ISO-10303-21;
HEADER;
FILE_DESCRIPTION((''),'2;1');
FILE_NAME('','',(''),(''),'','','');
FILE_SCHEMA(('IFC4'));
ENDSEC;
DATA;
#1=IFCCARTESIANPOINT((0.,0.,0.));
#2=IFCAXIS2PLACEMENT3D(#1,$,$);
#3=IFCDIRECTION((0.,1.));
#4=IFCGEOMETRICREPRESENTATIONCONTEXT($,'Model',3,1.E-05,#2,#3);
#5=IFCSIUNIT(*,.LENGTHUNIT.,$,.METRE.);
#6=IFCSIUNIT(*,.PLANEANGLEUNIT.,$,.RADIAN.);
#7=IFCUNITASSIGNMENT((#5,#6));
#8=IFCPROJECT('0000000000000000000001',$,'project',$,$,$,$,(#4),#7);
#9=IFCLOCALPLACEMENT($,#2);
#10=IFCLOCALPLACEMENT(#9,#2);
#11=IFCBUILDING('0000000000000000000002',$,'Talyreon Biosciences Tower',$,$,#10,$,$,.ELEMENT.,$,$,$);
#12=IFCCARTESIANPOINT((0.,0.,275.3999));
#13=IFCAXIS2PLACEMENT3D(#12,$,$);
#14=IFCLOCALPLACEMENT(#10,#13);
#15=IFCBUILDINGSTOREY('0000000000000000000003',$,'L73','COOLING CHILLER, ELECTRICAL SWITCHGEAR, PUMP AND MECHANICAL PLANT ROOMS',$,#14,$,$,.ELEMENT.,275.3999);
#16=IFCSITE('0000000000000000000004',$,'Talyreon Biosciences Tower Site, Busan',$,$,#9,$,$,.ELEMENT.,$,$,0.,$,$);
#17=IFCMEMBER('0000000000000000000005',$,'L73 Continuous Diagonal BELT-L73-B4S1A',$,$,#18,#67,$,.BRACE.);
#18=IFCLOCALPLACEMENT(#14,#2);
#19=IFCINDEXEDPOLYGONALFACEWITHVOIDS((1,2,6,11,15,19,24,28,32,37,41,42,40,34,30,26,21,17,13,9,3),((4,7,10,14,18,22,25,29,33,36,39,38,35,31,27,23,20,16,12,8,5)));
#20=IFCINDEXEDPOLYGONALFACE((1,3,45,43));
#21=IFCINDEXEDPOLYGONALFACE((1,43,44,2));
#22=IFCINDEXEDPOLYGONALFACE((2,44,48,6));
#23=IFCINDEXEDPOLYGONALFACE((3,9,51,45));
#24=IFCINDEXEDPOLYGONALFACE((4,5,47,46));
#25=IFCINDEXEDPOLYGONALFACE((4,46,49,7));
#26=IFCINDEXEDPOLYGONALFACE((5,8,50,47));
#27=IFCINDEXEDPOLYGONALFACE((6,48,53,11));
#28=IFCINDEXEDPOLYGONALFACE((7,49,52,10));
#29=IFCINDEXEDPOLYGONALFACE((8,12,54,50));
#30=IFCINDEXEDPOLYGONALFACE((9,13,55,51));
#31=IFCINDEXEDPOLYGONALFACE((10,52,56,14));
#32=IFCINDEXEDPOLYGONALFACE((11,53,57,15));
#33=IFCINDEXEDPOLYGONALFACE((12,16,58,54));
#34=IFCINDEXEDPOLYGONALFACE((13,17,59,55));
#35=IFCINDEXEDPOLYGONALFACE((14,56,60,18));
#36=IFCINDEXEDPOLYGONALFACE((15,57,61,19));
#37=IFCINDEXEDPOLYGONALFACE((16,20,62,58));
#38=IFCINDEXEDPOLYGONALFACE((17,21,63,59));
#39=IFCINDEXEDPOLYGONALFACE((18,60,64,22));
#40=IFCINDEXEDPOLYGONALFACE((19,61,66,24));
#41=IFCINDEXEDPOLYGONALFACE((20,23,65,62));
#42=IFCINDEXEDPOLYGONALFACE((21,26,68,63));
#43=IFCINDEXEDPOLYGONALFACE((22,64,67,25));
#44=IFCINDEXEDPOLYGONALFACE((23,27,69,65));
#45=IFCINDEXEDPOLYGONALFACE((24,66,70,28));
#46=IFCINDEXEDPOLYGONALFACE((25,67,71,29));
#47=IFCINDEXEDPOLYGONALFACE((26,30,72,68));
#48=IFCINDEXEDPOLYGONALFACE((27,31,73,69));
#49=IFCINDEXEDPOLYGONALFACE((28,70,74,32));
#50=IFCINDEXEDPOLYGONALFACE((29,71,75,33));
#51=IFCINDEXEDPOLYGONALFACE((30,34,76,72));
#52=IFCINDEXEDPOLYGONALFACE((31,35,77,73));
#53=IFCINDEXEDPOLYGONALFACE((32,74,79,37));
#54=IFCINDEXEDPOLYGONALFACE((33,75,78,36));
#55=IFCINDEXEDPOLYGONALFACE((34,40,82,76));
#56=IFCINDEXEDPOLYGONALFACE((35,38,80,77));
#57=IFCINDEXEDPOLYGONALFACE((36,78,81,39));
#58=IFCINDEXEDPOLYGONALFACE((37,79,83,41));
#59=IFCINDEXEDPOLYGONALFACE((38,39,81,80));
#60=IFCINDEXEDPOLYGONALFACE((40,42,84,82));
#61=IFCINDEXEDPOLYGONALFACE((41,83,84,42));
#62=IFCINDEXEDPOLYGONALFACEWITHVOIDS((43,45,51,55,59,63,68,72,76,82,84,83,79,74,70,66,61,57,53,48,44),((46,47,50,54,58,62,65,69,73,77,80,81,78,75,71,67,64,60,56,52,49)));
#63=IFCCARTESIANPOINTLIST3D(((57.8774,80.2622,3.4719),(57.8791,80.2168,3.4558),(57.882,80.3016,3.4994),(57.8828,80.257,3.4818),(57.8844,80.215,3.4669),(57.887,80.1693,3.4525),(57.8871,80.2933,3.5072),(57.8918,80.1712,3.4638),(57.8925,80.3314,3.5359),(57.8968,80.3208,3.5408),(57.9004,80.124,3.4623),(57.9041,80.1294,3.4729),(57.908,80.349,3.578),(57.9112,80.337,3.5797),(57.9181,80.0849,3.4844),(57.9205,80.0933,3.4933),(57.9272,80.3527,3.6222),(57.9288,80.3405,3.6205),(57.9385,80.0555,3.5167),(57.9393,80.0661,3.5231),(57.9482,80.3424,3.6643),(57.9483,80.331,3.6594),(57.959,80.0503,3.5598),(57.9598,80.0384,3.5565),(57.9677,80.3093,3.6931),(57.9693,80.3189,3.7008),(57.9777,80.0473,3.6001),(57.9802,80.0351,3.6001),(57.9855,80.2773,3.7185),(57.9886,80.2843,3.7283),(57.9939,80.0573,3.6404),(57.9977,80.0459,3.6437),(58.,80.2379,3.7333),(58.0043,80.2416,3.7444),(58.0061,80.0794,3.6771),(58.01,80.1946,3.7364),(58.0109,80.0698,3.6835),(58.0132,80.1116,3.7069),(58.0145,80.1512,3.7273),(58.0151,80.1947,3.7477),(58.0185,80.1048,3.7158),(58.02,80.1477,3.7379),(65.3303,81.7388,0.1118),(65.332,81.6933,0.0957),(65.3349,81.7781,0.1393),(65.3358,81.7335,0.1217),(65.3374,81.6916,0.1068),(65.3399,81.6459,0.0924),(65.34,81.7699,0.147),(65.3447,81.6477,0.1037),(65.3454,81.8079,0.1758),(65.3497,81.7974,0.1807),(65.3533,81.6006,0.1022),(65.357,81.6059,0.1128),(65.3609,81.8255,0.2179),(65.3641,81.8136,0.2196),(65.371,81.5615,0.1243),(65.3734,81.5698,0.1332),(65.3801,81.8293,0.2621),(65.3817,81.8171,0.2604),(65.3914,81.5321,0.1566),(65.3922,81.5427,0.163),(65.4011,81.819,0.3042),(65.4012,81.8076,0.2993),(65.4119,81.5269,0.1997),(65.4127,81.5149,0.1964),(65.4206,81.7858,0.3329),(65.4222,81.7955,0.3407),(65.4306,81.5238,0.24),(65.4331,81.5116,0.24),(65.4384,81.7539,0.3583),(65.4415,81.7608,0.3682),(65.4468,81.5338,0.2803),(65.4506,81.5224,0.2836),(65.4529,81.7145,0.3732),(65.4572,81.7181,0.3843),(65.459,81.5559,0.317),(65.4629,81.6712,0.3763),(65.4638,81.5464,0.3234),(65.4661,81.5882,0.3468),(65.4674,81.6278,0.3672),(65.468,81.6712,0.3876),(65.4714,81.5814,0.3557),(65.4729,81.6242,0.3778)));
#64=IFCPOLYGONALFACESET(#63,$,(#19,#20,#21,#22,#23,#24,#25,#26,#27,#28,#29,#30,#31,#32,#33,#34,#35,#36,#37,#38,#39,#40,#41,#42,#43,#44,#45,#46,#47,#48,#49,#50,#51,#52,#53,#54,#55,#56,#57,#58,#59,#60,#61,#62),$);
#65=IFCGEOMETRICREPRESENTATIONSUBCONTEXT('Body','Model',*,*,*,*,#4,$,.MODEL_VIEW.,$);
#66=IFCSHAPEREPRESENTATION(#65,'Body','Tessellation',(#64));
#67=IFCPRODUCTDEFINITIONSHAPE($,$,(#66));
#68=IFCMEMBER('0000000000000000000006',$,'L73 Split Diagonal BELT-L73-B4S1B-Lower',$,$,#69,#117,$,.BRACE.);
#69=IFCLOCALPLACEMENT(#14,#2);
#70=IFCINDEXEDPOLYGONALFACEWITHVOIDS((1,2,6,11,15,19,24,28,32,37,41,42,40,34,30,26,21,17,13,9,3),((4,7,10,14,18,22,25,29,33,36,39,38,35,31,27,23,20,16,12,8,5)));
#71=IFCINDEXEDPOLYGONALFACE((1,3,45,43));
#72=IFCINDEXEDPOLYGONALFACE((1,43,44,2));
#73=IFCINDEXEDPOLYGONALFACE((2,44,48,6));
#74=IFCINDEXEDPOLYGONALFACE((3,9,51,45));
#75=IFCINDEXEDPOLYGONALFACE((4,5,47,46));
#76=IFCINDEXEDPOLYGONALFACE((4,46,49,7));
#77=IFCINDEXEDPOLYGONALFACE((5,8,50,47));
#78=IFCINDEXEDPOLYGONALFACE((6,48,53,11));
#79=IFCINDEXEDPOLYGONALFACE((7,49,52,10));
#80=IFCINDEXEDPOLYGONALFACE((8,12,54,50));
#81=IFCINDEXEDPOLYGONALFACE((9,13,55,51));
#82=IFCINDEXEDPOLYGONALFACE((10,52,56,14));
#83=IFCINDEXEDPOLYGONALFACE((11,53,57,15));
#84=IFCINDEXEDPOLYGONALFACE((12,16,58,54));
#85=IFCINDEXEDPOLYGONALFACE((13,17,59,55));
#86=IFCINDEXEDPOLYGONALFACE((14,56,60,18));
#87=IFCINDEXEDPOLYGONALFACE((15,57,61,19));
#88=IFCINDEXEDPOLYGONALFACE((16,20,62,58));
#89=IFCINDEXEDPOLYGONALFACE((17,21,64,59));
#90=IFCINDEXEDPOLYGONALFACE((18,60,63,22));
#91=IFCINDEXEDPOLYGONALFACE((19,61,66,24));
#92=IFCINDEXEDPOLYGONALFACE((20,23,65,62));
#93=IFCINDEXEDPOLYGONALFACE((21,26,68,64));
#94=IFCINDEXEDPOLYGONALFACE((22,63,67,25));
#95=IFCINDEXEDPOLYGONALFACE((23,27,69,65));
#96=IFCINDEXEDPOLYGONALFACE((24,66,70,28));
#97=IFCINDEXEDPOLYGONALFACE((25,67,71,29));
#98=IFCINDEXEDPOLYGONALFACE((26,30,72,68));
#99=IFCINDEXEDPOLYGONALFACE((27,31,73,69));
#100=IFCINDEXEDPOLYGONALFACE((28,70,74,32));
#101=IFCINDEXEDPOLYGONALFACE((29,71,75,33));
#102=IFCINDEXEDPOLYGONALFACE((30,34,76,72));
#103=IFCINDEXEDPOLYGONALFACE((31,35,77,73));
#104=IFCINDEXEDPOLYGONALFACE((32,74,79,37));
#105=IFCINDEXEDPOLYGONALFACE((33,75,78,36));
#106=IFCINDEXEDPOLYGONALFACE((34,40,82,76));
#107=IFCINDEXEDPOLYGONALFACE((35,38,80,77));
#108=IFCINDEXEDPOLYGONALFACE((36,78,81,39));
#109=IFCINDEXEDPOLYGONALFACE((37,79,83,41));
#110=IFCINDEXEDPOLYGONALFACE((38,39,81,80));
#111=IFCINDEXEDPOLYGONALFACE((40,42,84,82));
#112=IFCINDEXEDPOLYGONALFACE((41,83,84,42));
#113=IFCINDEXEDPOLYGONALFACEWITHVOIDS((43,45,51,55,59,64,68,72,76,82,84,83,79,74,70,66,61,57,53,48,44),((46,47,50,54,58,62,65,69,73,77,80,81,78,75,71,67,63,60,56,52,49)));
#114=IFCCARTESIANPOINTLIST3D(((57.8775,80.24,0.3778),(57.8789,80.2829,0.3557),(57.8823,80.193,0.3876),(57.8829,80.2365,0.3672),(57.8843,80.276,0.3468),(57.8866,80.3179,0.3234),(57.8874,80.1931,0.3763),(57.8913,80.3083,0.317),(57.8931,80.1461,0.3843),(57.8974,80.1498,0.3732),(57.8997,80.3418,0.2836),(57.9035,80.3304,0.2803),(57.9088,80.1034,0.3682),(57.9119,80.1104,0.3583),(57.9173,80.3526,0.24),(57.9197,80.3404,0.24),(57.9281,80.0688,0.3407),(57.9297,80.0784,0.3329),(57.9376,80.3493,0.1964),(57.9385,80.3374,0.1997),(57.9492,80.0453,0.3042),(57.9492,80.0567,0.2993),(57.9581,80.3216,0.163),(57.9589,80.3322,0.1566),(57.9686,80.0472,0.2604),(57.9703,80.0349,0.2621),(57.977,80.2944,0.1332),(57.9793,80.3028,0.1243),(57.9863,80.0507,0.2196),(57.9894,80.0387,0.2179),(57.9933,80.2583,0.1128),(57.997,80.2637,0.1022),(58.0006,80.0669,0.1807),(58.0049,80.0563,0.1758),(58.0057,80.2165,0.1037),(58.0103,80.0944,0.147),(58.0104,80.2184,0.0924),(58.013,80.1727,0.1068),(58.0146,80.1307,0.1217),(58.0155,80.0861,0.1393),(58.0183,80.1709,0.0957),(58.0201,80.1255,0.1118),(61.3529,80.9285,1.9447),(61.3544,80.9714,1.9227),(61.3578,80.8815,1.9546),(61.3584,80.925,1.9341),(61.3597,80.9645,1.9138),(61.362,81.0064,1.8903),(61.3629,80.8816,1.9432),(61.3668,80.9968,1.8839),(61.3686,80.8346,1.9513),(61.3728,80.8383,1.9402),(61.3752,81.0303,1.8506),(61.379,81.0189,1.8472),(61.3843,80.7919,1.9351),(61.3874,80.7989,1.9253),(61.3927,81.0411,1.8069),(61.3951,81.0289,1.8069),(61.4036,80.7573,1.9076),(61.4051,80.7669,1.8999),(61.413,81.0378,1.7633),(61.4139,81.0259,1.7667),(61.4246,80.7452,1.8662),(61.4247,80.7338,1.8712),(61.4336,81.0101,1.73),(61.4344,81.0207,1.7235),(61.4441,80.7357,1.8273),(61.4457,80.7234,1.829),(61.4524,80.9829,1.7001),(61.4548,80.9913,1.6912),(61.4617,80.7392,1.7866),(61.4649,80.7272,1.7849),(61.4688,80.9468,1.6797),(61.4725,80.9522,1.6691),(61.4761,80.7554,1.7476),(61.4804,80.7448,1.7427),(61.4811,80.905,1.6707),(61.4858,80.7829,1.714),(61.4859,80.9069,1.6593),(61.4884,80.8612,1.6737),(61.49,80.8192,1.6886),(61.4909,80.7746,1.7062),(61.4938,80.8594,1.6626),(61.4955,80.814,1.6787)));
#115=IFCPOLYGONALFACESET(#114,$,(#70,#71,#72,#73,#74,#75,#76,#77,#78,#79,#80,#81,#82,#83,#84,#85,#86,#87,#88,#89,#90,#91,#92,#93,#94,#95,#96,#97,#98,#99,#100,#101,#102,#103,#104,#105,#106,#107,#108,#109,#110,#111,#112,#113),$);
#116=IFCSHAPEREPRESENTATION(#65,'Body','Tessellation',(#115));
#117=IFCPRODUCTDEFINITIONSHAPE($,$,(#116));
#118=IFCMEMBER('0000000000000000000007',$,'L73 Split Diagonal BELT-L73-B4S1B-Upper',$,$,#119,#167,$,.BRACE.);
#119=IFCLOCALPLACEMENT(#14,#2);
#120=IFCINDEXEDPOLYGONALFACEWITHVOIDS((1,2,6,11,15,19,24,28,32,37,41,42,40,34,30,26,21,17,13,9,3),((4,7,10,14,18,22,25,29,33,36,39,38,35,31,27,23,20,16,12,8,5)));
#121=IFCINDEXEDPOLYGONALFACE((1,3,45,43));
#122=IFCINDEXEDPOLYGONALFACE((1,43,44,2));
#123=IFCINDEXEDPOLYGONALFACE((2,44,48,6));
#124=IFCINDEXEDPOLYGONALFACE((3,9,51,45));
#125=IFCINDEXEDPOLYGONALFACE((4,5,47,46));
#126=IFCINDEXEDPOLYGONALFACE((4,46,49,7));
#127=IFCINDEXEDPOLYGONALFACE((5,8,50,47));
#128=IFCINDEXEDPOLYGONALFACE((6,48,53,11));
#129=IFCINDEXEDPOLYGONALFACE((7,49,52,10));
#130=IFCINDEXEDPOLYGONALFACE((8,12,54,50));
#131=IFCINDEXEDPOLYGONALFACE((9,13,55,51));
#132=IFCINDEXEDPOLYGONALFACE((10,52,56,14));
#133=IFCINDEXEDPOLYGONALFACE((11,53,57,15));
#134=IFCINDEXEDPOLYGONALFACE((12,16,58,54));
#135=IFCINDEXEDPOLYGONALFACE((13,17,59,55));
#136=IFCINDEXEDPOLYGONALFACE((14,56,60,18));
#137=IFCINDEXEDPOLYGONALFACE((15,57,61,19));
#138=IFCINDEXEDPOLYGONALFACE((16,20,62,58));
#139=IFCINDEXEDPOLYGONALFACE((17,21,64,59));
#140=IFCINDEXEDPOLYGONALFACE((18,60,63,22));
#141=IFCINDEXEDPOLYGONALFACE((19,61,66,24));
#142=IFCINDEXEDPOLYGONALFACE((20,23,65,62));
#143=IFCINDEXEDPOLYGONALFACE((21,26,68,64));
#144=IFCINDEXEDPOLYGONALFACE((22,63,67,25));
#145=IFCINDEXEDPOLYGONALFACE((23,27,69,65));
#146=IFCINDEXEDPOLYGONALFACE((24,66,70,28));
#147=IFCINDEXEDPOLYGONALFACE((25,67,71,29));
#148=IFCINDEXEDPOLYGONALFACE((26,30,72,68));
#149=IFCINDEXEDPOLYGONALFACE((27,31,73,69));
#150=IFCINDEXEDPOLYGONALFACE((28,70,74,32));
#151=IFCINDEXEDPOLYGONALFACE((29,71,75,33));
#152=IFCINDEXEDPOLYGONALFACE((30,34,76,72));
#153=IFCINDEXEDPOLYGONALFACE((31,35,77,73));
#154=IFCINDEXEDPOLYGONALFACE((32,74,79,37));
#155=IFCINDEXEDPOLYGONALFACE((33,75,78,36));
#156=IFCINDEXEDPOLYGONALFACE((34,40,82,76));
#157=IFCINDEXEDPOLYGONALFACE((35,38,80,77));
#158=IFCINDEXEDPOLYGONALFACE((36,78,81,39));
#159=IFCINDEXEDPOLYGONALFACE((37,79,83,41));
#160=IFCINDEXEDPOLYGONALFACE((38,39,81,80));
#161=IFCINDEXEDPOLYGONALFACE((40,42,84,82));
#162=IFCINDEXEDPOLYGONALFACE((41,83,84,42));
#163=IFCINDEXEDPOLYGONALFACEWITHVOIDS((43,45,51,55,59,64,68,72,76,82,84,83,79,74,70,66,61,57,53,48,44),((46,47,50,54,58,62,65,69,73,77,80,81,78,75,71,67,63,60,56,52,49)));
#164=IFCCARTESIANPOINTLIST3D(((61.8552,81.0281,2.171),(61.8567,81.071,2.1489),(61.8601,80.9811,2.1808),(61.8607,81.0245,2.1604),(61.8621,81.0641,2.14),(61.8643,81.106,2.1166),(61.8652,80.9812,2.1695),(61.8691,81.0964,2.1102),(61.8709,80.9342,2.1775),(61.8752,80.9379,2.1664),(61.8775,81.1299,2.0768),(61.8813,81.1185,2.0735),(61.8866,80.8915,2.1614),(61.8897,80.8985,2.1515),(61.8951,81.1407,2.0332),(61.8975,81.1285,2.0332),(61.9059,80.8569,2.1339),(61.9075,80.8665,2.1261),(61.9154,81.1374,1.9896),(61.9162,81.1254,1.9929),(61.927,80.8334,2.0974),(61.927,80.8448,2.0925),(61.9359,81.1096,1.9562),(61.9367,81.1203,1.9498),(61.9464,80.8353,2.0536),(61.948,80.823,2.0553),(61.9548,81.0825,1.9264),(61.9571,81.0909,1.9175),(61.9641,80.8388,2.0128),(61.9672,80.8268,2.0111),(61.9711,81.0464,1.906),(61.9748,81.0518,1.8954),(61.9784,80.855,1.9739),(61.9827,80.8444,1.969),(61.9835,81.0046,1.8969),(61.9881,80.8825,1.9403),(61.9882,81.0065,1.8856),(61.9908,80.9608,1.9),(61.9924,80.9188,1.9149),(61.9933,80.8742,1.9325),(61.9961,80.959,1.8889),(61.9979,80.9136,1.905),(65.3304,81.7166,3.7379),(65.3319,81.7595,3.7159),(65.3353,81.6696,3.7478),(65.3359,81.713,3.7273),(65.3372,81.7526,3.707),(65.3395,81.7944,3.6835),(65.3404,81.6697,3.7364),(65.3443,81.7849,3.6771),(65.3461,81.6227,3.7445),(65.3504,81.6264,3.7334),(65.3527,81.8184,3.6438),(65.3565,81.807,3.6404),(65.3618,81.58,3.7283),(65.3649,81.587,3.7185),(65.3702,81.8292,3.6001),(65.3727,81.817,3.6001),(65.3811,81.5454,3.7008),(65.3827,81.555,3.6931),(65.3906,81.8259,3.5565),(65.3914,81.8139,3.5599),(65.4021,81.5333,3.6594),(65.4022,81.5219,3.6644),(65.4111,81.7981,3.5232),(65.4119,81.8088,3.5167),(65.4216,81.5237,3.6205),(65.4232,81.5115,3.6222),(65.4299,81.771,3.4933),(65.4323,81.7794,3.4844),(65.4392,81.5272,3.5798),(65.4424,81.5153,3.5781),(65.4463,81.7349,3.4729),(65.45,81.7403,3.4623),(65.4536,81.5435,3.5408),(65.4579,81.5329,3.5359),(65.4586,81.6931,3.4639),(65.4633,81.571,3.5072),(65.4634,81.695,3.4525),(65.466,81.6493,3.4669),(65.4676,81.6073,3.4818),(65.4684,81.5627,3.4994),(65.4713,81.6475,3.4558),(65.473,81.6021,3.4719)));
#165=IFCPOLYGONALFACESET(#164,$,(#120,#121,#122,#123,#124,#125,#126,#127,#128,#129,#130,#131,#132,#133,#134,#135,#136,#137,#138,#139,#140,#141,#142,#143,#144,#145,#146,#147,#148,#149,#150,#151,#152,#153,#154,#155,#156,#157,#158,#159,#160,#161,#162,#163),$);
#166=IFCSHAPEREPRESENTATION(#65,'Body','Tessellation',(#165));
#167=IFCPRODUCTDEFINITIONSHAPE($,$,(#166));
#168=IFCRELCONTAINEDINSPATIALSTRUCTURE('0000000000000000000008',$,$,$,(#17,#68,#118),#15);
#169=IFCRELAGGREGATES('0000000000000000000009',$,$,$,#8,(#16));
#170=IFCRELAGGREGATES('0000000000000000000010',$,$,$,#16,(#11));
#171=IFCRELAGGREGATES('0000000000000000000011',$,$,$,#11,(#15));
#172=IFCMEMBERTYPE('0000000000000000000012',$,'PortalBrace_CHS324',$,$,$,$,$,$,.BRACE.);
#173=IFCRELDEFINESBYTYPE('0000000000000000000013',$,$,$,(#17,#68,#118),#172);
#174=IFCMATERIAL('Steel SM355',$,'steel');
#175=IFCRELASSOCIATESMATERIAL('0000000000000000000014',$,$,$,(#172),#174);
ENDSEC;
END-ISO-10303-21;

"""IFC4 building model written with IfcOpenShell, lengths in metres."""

from ifc_helpers import new_model, si_unit, direction, frame, origin, origin_2d, place, context, subcontext, project, spatial, hollow_circle, extrude, material, material_profile, profile_set, type_object, element, save


model = new_model("IFC4")

# Units and contexts
model_context = context("Model", 3, precision=1e-05, world=origin(), true_north=direction((0.0, 1.0)))
body_context = subcontext(model_context, "Body", "Model", "MODEL_VIEW")
ifc_project = project(units=[si_unit("LENGTHUNIT", "METRE"), si_unit("PLANEANGLEUNIT", "RADIAN")], contexts=[model_context])

# Site, building, storey
site_placement = place(None, origin())
site = spatial("IfcSite", under=ifc_project, at=site_placement, Name="Talyreon Biosciences Tower Site, Busan", CompositionType="ELEMENT", RefElevation=0.0)
building_placement = place(site_placement, origin())
building = spatial("IfcBuilding", under=site, at=building_placement, Name="Talyreon Biosciences Tower", CompositionType="ELEMENT")
storey_placement = place(building_placement, frame((0.0, 0.0, 275.3999)))
storey = spatial("IfcBuildingStorey", under=building, at=storey_placement, Name="L73", Description="COOLING CHILLER, ELECTRICAL SWITCHGEAR, PUMP AND MECHANICAL PLANT ROOMS", CompositionType="ELEMENT", Elevation=275.3999)

# Shared definitions
ifc_material_1 = material(Name="Steel SM355", Category="steel")

# Members
ifc_material_profile_1 = material_profile(ifc_material_1, hollow_circle(Radius=0.1619, WallThickness=0.0125, at=origin_2d()), Name="CHS 323.9x12.5")
ifc_profile_set_1 = profile_set([ifc_material_profile_1], Name="Steel SM355")
member_type_1 = type_object("IfcMemberType", Name="PortalBrace_CHS324", PredefinedType="BRACE", material=ifc_profile_set_1)
member_1_placement = place(storey_placement, frame((65.4016, 81.6704, 0.24), z_axis=(-0.897117, -0.177737, 0.404463), x_axis=(0.194342, -0.980934, 0.0)))
element("IfcMember", 1, at=member_1_placement, inside=storey, type_object=member_type_1, Name="L73 Continuous Diagonal BELT-L73-B4S1A", PredefinedType="BRACE", context=body_context, shape_type="SweptSolid", body=[
    extrude(hollow_circle(Radius=0.1619, WallThickness=0.0125, at=origin_2d()), origin(), (0.0, 0.0, 1.0), 8.3076),
])
member_2_placement = place(storey_placement, frame((57.9487, 80.1938, 0.24), z_axis=(0.897115, 0.177721, 0.404474), x_axis=(-0.194327, 0.980937, 0.0)))
element("IfcMember", 2, at=member_2_placement, inside=storey, type_object=member_type_1, Name="L73 Split Diagonal BELT-L73-B4S1B-Lower", PredefinedType="BRACE", context=body_context, shape_type="SweptSolid", body=[
    extrude(hollow_circle(Radius=0.1619, WallThickness=0.0125, at=origin_2d()), origin(), (0.0, 0.0, 1.0), 3.874),
])
member_3_placement = place(storey_placement, frame((61.9265, 80.9819, 2.0332), z_axis=(0.897103, 0.177732, 0.404497), x_axis=(-0.19434, 0.980934, 0.0)))
element("IfcMember", 3, at=member_3_placement, inside=storey, type_object=member_type_1, Name="L73 Split Diagonal BELT-L73-B4S1B-Upper", PredefinedType="BRACE", context=body_context, shape_type="SweptSolid", body=[
    extrude(hollow_circle(Radius=0.1619, WallThickness=0.0125, at=origin_2d()), origin(), (0.0, 0.0, 1.0), 3.8738),
])

save(model, "model.ifc")
